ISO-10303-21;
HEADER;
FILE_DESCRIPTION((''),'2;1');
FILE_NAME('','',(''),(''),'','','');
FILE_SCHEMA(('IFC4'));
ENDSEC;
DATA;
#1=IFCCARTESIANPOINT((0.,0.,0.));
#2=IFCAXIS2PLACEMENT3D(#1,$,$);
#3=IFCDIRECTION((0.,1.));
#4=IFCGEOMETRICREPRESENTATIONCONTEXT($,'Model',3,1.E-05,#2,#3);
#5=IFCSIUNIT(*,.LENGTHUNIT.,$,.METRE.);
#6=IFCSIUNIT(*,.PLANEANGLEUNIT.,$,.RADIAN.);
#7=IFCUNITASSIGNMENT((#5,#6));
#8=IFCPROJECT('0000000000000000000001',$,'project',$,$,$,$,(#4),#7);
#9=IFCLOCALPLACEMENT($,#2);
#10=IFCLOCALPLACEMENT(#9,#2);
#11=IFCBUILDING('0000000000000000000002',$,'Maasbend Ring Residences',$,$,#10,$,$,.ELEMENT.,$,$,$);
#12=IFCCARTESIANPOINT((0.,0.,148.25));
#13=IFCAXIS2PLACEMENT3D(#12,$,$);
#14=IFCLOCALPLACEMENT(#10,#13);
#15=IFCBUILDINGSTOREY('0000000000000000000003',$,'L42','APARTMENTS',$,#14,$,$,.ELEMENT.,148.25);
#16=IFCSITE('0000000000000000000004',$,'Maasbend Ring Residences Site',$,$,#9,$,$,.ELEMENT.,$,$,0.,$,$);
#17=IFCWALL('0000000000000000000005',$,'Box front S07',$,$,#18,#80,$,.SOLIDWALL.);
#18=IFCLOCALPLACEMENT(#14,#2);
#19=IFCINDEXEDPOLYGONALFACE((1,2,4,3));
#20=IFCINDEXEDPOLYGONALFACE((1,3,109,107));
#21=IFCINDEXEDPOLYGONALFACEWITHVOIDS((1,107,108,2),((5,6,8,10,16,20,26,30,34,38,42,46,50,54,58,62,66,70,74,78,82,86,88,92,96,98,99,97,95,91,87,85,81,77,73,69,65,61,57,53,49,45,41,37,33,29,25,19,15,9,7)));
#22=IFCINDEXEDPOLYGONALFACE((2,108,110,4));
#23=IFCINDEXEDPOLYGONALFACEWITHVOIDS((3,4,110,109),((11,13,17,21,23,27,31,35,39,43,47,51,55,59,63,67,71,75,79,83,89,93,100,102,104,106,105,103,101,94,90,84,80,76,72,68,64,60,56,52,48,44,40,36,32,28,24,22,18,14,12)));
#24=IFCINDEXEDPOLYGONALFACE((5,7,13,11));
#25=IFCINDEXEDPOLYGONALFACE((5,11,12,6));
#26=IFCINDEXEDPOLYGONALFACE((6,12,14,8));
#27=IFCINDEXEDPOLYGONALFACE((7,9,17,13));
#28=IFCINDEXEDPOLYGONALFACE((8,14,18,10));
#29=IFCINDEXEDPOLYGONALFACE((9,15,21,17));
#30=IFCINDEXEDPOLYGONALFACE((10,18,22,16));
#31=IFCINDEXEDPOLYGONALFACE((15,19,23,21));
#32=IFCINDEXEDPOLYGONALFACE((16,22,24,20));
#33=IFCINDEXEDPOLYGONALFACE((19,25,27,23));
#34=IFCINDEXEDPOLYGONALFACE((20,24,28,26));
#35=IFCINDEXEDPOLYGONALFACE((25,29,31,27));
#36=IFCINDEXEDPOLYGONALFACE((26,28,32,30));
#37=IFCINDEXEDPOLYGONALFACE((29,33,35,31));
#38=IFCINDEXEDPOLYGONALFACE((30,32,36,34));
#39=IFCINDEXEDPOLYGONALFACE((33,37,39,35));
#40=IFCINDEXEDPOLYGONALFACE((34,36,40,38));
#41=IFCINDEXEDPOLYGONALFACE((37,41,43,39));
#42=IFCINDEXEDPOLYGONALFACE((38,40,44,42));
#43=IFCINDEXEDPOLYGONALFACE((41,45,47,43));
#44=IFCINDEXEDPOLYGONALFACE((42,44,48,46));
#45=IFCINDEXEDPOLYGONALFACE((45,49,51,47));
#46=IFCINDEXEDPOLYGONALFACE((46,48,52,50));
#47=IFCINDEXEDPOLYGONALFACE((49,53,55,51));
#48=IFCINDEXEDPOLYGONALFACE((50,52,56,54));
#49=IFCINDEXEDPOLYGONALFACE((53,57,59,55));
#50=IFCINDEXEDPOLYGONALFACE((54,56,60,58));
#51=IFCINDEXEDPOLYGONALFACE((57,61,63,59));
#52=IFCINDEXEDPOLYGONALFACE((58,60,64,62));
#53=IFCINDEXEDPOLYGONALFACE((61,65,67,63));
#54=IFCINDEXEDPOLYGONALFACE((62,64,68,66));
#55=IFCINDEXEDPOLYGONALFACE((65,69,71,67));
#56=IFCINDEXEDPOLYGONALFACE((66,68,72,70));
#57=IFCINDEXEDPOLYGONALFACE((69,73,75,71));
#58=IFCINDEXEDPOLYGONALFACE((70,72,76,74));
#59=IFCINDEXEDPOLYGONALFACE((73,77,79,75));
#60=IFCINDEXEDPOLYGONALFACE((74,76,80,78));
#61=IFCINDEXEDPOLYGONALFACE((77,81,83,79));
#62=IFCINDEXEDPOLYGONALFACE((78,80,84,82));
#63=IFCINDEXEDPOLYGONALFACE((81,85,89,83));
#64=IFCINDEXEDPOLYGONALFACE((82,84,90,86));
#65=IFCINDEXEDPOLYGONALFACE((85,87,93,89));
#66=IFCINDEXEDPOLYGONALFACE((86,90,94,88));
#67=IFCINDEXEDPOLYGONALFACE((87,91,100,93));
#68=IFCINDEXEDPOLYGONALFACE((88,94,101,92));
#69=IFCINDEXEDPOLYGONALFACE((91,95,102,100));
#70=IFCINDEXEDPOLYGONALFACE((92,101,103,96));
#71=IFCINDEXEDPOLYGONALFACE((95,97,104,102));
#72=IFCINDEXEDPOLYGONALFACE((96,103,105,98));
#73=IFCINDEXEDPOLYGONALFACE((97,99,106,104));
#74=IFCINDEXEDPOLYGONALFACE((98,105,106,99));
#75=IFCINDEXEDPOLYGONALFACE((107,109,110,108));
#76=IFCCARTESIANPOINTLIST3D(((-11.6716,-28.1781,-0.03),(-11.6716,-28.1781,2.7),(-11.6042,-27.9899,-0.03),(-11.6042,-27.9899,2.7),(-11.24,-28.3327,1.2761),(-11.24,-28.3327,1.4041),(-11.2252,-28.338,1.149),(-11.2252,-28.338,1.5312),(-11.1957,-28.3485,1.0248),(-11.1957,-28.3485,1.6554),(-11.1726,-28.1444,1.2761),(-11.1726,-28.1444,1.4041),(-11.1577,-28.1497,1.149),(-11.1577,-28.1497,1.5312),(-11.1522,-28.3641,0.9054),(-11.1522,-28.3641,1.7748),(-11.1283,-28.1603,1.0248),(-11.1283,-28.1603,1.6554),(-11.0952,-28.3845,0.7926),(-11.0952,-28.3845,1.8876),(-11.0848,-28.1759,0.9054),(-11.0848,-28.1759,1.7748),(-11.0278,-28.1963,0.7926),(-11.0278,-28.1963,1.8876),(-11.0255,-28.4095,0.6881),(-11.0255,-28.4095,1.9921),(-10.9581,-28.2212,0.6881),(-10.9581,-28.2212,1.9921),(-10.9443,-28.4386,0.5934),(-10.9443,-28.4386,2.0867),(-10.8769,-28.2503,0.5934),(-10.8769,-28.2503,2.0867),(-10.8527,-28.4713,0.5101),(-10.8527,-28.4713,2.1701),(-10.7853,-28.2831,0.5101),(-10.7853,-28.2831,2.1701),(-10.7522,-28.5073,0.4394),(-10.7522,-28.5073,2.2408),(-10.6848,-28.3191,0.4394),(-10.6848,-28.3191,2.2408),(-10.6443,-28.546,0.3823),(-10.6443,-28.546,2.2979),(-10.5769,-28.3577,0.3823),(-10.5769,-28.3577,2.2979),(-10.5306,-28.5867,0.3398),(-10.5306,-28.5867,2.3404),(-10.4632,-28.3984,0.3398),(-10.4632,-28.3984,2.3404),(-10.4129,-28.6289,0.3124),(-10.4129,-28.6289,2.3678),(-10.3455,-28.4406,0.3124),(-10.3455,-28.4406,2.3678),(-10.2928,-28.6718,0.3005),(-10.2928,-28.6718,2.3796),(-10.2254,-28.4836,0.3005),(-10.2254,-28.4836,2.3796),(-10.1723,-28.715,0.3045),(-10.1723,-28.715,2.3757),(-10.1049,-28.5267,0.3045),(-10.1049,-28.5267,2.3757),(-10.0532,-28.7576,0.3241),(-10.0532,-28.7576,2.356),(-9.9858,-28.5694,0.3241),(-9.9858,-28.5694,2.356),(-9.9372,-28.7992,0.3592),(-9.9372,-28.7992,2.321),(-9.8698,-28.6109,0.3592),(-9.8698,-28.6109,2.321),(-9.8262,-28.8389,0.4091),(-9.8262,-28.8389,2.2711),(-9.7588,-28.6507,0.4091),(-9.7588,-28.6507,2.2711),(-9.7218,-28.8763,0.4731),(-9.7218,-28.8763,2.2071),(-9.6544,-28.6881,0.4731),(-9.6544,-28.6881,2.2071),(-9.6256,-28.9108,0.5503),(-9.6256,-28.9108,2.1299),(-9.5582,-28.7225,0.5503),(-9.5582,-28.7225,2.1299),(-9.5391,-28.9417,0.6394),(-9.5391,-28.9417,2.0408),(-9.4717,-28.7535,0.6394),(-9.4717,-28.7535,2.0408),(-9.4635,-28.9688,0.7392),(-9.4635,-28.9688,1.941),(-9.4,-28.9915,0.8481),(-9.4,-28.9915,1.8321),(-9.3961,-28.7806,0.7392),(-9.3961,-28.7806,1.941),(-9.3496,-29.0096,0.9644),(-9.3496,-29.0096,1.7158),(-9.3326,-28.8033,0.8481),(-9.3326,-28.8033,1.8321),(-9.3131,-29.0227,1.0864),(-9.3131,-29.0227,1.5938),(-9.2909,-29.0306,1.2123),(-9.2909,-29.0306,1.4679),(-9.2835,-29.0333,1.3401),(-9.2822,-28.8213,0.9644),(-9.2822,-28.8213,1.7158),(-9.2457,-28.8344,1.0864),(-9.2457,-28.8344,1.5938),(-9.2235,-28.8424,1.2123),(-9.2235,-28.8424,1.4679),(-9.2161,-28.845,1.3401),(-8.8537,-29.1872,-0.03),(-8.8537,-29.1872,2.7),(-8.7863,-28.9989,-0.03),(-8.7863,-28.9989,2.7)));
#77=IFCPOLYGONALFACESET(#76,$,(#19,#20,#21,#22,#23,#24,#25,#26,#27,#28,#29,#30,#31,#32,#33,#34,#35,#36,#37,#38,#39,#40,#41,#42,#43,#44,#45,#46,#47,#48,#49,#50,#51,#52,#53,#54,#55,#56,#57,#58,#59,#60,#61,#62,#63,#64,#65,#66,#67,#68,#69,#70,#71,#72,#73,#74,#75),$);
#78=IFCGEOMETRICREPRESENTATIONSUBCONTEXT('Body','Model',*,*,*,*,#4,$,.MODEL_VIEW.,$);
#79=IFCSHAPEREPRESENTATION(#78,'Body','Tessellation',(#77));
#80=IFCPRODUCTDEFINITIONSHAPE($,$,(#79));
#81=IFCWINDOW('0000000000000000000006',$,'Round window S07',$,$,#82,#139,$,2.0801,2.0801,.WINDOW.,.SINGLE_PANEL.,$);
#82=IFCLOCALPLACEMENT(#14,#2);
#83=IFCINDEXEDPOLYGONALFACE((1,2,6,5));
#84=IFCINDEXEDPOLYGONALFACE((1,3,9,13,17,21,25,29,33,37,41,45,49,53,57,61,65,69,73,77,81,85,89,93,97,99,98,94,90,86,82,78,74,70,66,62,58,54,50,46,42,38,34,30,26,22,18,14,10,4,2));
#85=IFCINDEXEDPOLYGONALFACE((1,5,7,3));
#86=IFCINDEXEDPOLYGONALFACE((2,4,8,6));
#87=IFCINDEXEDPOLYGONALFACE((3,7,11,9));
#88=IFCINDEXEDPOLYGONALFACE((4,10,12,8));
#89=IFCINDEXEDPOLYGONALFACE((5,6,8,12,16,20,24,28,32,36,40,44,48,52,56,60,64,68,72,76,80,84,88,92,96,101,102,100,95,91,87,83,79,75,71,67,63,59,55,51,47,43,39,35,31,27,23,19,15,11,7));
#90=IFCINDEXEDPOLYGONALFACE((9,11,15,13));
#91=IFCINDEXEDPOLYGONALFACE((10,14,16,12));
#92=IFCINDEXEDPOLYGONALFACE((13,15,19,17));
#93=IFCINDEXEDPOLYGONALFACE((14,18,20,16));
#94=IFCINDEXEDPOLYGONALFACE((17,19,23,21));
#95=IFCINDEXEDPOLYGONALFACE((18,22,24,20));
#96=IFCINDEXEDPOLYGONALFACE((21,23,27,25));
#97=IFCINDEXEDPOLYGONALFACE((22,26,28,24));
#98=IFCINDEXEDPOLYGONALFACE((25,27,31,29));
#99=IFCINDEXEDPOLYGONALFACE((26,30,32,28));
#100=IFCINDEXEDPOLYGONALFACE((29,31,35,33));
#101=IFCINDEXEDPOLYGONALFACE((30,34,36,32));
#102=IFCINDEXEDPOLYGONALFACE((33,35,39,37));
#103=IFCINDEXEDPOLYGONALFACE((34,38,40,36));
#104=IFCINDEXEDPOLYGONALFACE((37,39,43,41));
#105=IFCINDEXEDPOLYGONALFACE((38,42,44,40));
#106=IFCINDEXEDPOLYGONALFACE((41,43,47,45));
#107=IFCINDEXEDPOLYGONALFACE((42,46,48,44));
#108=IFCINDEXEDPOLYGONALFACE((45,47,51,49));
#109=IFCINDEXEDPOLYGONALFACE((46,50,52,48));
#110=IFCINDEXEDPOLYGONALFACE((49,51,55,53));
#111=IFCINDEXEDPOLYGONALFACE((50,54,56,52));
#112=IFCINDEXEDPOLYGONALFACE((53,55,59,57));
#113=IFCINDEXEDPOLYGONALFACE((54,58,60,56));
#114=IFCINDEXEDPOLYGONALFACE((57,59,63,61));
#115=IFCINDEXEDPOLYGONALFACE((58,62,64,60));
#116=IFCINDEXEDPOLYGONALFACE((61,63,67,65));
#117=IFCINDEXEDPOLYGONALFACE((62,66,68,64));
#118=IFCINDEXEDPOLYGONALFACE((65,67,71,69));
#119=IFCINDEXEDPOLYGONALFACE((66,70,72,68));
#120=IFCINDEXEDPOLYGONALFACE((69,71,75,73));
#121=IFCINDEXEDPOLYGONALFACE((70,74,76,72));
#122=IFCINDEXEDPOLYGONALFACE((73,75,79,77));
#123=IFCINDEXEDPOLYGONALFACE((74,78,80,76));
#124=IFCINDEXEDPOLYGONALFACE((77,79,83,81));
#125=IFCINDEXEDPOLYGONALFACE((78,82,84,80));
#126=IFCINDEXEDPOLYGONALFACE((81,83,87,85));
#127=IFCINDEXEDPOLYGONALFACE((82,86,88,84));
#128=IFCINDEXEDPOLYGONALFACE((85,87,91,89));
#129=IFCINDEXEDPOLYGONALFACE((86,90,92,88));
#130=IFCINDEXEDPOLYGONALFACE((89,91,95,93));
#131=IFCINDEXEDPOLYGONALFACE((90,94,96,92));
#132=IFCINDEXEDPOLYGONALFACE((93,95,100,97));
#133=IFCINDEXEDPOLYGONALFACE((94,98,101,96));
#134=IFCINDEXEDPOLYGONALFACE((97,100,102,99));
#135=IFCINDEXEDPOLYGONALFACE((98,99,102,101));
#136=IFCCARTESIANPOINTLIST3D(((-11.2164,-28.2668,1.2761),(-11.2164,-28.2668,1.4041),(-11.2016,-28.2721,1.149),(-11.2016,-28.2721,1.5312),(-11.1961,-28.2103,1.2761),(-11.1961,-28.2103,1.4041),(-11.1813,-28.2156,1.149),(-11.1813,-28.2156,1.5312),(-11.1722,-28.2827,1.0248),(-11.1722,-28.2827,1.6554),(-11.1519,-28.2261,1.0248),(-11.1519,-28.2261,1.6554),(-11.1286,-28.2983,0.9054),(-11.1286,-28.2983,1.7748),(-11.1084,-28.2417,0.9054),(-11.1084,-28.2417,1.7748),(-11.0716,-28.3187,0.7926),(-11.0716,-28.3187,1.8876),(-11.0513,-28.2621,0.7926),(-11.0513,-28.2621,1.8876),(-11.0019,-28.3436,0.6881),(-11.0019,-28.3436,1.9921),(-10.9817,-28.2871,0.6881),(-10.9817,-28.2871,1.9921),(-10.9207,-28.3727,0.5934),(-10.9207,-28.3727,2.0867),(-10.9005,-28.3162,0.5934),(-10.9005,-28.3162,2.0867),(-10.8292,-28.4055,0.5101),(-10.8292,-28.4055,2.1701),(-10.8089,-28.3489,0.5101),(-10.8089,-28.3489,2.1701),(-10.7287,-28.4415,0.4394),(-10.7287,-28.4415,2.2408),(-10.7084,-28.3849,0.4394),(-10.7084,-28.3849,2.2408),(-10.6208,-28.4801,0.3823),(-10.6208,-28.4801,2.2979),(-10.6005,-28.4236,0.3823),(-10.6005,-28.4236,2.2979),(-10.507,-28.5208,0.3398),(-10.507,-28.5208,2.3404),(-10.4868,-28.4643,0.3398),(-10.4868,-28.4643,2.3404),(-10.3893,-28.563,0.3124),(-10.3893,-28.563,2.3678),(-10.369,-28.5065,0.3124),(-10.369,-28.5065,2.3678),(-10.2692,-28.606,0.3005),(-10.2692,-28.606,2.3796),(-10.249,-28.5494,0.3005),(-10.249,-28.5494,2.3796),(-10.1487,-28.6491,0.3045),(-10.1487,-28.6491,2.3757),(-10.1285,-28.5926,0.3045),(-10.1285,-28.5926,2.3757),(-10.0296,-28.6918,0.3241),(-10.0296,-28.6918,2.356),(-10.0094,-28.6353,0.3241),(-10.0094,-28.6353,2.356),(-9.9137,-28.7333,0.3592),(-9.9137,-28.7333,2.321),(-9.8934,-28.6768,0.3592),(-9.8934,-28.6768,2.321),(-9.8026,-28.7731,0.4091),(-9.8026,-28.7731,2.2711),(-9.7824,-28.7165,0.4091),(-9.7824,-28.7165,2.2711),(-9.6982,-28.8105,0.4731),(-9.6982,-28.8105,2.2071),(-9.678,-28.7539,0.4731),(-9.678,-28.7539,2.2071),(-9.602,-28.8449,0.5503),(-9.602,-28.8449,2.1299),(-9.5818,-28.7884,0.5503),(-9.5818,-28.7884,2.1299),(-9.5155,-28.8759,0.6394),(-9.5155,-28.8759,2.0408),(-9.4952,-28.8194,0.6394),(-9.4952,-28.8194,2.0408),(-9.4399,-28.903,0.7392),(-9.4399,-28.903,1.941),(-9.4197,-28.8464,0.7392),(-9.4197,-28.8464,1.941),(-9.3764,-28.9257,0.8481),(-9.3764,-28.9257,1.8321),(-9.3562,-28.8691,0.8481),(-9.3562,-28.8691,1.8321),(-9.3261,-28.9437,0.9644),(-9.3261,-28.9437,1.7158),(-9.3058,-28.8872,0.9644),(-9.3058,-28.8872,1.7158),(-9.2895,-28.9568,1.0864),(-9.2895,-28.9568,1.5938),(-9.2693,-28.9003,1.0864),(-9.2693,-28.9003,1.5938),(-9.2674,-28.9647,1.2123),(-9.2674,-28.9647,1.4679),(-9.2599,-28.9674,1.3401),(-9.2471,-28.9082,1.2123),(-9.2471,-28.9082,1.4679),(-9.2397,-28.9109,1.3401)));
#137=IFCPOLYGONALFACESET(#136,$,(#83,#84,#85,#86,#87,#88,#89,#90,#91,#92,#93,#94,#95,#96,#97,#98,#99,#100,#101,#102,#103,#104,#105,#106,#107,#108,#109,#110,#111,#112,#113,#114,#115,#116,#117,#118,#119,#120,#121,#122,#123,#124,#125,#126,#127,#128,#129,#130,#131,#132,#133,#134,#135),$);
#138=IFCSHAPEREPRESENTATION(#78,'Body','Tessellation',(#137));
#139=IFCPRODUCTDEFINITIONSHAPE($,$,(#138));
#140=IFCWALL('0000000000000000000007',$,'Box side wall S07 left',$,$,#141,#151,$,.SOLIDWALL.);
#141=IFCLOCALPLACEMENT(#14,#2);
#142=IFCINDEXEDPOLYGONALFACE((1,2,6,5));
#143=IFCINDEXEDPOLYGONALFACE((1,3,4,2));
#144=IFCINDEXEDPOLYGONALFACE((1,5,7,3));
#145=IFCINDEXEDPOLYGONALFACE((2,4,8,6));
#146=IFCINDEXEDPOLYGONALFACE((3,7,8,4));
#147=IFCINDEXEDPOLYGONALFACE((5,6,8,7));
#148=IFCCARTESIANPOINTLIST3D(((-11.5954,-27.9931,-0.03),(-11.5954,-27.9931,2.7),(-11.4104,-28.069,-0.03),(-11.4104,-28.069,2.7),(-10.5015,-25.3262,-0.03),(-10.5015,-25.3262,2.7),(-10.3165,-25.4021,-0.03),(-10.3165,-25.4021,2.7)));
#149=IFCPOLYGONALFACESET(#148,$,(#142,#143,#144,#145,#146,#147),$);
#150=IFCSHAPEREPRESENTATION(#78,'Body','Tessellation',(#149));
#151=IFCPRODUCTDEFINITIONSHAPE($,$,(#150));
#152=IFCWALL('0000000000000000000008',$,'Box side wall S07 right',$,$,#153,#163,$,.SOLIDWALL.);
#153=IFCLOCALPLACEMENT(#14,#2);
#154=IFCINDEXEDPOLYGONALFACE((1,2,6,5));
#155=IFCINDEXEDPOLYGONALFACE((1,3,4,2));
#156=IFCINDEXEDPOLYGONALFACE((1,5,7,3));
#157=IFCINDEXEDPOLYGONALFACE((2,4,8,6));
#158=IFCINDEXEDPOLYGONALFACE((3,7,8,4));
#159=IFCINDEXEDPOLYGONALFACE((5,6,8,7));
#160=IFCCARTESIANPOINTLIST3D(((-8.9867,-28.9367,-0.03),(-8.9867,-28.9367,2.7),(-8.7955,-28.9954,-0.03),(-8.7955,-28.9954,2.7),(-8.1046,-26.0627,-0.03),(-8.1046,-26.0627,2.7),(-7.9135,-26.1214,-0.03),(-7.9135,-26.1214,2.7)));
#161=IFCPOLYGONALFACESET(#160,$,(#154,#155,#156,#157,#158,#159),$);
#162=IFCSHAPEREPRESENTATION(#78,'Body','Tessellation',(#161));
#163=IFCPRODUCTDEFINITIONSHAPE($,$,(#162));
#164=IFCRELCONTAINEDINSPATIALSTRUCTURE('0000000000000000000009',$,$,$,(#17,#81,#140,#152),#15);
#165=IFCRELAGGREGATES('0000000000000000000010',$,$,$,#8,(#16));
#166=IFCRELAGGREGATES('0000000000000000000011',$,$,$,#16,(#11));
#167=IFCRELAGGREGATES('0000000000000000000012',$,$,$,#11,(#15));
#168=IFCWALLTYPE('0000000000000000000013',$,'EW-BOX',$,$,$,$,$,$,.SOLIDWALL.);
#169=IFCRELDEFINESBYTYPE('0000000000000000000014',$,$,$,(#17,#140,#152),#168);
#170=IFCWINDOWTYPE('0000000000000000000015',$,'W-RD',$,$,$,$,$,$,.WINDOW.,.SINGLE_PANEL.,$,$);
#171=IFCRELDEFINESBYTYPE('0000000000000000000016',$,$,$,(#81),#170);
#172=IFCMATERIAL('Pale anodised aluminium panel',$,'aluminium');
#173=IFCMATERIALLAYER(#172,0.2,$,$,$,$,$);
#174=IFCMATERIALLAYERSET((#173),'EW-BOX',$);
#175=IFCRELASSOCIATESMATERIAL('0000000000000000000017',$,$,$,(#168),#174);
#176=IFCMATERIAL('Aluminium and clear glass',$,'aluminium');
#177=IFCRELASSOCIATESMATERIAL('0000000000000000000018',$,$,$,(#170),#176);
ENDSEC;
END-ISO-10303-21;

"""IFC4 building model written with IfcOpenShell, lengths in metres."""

from ifc_helpers import new_model, si_unit, direction, frame, frame_2d, origin, place, context, subcontext, project, spatial, rectangle, circle, extrude, material, layer, layer_set, type_object, element, fill, save


model = new_model("IFC4")

# Units and contexts
model_context = context("Model", 3, precision=1e-05, world=origin(), true_north=direction((0.0, 1.0)))
body_context = subcontext(model_context, "Body", "Model", "MODEL_VIEW")
ifc_project = project(units=[si_unit("LENGTHUNIT", "METRE"), si_unit("PLANEANGLEUNIT", "RADIAN")], contexts=[model_context])

# Site, building, storey
site_placement = place(None, origin())
site = spatial("IfcSite", under=ifc_project, at=site_placement, Name="Maasbend Ring Residences Site", CompositionType="ELEMENT", RefElevation=0.0)
building_placement = place(site_placement, origin())
building = spatial("IfcBuilding", under=site, at=building_placement, Name="Maasbend Ring Residences", CompositionType="ELEMENT")
storey_placement = place(building_placement, frame((0.0, 0.0, 148.25)))
storey = spatial("IfcBuildingStorey", under=building, at=storey_placement, Name="L42", Description="APARTMENTS", CompositionType="ELEMENT", Elevation=148.25)

# Wall, opening, window
ifc_material_1 = material(Name="Pale anodised aluminium panel", Category="aluminium")
ifc_layer_1 = layer(ifc_material_1, 0.2)
ifc_layer_set_1 = layer_set([ifc_layer_1], Name="EW-BOX")
wall_type_1 = type_object("IfcWallType", Name="EW-BOX", PredefinedType="SOLIDWALL", material=ifc_layer_set_1)
wall_1_placement = place(storey_placement, frame((-11.6379, -28.084, -0.03), z_axis=(0.0, 0.0, 1.0), x_axis=(0.941461, -0.337122, 0.0)))
wall_1 = element("IfcWall", 1, at=wall_1_placement, inside=storey, type_object=wall_type_1, Name="Box front S07", PredefinedType="SOLIDWALL", context=body_context, shape_type="SweptSolid", body=[
    extrude(rectangle(XDim=2.9932, YDim=0.2, at=frame_2d((1.4966, 0.0))), origin(), (0.0, 0.0, 1.0), 2.73),
])
opening_1_placement = place(wall_1_placement, frame((0.4565, 0.0, 0.3301)))
opening_1 = element("IfcOpeningElement", 2, at=opening_1_placement, cuts=wall_1, PredefinedType="OPENING", context=body_context, shape_type="SweptSolid", body=[
    extrude(circle(Radius=1.04, at=frame_2d((1.04, 1.04))), frame((0.0, 0.1099, 0.0), z_axis=(0.0, -1.0, 0.0), x_axis=(1.0, 0.0, 0.0)), (0.0, 0.0, 1.0), 0.22),
])
ifc_material_2 = material(Name="Aluminium and clear glass", Category="aluminium")
window_type_1 = type_object("IfcWindowType", Name="W-RD", PartitioningType="SINGLE_PANEL", PredefinedType="WINDOW", material=ifc_material_2)
window_1_placement = place(opening_1_placement, origin())
window_1 = element("IfcWindow", 3, at=window_1_placement, inside=storey, type_object=window_type_1, Name="Round window S07", OverallHeight=2.0801, OverallWidth=2.0801, PartitioningType="SINGLE_PANEL", PredefinedType="WINDOW", context=body_context, shape_type="SweptSolid", body=[
    extrude(circle(Radius=1.04, at=frame_2d((1.04, 1.04))), frame((0.0, 0.03, 0.0), z_axis=(0.0, -1.0, 0.0), x_axis=(1.0, 0.0, 0.0)), (0.0, 0.0, 1.0), 0.0601),
])
fill(opening_1, window_1)

# Walls
wall_2_placement = place(storey_placement, frame((-10.4089, -25.364, -0.03), z_axis=(0.0, 0.0, 1.0), x_axis=(-0.37951, -0.925188, 0.0)))
element("IfcWall", 4, at=wall_2_placement, inside=storey, type_object=wall_type_1, Name="Box side wall S07 left", PredefinedType="SOLIDWALL", context=body_context, shape_type="SweptSolid", body=[
    extrude(rectangle(XDim=2.8826, YDim=0.2, at=frame_2d((1.4414, 0.0))), origin(), (0.0, 0.0, 1.0), 2.73),
])
wall_3_placement = place(storey_placement, frame((-8.009, -26.092, -0.03), z_axis=(0.0, 0.0, 1.0), x_axis=(-0.293407, -0.955988, 0.0)))
element("IfcWall", 5, at=wall_3_placement, inside=storey, type_object=wall_type_1, Name="Box side wall S07 right", PredefinedType="SOLIDWALL", context=body_context, shape_type="SweptSolid", body=[
    extrude(rectangle(XDim=3.0063, YDim=0.2, at=frame_2d((1.5032, 0.0))), origin(), (0.0, 0.0, 1.0), 2.73),
])

save(model, "model.ifc")
